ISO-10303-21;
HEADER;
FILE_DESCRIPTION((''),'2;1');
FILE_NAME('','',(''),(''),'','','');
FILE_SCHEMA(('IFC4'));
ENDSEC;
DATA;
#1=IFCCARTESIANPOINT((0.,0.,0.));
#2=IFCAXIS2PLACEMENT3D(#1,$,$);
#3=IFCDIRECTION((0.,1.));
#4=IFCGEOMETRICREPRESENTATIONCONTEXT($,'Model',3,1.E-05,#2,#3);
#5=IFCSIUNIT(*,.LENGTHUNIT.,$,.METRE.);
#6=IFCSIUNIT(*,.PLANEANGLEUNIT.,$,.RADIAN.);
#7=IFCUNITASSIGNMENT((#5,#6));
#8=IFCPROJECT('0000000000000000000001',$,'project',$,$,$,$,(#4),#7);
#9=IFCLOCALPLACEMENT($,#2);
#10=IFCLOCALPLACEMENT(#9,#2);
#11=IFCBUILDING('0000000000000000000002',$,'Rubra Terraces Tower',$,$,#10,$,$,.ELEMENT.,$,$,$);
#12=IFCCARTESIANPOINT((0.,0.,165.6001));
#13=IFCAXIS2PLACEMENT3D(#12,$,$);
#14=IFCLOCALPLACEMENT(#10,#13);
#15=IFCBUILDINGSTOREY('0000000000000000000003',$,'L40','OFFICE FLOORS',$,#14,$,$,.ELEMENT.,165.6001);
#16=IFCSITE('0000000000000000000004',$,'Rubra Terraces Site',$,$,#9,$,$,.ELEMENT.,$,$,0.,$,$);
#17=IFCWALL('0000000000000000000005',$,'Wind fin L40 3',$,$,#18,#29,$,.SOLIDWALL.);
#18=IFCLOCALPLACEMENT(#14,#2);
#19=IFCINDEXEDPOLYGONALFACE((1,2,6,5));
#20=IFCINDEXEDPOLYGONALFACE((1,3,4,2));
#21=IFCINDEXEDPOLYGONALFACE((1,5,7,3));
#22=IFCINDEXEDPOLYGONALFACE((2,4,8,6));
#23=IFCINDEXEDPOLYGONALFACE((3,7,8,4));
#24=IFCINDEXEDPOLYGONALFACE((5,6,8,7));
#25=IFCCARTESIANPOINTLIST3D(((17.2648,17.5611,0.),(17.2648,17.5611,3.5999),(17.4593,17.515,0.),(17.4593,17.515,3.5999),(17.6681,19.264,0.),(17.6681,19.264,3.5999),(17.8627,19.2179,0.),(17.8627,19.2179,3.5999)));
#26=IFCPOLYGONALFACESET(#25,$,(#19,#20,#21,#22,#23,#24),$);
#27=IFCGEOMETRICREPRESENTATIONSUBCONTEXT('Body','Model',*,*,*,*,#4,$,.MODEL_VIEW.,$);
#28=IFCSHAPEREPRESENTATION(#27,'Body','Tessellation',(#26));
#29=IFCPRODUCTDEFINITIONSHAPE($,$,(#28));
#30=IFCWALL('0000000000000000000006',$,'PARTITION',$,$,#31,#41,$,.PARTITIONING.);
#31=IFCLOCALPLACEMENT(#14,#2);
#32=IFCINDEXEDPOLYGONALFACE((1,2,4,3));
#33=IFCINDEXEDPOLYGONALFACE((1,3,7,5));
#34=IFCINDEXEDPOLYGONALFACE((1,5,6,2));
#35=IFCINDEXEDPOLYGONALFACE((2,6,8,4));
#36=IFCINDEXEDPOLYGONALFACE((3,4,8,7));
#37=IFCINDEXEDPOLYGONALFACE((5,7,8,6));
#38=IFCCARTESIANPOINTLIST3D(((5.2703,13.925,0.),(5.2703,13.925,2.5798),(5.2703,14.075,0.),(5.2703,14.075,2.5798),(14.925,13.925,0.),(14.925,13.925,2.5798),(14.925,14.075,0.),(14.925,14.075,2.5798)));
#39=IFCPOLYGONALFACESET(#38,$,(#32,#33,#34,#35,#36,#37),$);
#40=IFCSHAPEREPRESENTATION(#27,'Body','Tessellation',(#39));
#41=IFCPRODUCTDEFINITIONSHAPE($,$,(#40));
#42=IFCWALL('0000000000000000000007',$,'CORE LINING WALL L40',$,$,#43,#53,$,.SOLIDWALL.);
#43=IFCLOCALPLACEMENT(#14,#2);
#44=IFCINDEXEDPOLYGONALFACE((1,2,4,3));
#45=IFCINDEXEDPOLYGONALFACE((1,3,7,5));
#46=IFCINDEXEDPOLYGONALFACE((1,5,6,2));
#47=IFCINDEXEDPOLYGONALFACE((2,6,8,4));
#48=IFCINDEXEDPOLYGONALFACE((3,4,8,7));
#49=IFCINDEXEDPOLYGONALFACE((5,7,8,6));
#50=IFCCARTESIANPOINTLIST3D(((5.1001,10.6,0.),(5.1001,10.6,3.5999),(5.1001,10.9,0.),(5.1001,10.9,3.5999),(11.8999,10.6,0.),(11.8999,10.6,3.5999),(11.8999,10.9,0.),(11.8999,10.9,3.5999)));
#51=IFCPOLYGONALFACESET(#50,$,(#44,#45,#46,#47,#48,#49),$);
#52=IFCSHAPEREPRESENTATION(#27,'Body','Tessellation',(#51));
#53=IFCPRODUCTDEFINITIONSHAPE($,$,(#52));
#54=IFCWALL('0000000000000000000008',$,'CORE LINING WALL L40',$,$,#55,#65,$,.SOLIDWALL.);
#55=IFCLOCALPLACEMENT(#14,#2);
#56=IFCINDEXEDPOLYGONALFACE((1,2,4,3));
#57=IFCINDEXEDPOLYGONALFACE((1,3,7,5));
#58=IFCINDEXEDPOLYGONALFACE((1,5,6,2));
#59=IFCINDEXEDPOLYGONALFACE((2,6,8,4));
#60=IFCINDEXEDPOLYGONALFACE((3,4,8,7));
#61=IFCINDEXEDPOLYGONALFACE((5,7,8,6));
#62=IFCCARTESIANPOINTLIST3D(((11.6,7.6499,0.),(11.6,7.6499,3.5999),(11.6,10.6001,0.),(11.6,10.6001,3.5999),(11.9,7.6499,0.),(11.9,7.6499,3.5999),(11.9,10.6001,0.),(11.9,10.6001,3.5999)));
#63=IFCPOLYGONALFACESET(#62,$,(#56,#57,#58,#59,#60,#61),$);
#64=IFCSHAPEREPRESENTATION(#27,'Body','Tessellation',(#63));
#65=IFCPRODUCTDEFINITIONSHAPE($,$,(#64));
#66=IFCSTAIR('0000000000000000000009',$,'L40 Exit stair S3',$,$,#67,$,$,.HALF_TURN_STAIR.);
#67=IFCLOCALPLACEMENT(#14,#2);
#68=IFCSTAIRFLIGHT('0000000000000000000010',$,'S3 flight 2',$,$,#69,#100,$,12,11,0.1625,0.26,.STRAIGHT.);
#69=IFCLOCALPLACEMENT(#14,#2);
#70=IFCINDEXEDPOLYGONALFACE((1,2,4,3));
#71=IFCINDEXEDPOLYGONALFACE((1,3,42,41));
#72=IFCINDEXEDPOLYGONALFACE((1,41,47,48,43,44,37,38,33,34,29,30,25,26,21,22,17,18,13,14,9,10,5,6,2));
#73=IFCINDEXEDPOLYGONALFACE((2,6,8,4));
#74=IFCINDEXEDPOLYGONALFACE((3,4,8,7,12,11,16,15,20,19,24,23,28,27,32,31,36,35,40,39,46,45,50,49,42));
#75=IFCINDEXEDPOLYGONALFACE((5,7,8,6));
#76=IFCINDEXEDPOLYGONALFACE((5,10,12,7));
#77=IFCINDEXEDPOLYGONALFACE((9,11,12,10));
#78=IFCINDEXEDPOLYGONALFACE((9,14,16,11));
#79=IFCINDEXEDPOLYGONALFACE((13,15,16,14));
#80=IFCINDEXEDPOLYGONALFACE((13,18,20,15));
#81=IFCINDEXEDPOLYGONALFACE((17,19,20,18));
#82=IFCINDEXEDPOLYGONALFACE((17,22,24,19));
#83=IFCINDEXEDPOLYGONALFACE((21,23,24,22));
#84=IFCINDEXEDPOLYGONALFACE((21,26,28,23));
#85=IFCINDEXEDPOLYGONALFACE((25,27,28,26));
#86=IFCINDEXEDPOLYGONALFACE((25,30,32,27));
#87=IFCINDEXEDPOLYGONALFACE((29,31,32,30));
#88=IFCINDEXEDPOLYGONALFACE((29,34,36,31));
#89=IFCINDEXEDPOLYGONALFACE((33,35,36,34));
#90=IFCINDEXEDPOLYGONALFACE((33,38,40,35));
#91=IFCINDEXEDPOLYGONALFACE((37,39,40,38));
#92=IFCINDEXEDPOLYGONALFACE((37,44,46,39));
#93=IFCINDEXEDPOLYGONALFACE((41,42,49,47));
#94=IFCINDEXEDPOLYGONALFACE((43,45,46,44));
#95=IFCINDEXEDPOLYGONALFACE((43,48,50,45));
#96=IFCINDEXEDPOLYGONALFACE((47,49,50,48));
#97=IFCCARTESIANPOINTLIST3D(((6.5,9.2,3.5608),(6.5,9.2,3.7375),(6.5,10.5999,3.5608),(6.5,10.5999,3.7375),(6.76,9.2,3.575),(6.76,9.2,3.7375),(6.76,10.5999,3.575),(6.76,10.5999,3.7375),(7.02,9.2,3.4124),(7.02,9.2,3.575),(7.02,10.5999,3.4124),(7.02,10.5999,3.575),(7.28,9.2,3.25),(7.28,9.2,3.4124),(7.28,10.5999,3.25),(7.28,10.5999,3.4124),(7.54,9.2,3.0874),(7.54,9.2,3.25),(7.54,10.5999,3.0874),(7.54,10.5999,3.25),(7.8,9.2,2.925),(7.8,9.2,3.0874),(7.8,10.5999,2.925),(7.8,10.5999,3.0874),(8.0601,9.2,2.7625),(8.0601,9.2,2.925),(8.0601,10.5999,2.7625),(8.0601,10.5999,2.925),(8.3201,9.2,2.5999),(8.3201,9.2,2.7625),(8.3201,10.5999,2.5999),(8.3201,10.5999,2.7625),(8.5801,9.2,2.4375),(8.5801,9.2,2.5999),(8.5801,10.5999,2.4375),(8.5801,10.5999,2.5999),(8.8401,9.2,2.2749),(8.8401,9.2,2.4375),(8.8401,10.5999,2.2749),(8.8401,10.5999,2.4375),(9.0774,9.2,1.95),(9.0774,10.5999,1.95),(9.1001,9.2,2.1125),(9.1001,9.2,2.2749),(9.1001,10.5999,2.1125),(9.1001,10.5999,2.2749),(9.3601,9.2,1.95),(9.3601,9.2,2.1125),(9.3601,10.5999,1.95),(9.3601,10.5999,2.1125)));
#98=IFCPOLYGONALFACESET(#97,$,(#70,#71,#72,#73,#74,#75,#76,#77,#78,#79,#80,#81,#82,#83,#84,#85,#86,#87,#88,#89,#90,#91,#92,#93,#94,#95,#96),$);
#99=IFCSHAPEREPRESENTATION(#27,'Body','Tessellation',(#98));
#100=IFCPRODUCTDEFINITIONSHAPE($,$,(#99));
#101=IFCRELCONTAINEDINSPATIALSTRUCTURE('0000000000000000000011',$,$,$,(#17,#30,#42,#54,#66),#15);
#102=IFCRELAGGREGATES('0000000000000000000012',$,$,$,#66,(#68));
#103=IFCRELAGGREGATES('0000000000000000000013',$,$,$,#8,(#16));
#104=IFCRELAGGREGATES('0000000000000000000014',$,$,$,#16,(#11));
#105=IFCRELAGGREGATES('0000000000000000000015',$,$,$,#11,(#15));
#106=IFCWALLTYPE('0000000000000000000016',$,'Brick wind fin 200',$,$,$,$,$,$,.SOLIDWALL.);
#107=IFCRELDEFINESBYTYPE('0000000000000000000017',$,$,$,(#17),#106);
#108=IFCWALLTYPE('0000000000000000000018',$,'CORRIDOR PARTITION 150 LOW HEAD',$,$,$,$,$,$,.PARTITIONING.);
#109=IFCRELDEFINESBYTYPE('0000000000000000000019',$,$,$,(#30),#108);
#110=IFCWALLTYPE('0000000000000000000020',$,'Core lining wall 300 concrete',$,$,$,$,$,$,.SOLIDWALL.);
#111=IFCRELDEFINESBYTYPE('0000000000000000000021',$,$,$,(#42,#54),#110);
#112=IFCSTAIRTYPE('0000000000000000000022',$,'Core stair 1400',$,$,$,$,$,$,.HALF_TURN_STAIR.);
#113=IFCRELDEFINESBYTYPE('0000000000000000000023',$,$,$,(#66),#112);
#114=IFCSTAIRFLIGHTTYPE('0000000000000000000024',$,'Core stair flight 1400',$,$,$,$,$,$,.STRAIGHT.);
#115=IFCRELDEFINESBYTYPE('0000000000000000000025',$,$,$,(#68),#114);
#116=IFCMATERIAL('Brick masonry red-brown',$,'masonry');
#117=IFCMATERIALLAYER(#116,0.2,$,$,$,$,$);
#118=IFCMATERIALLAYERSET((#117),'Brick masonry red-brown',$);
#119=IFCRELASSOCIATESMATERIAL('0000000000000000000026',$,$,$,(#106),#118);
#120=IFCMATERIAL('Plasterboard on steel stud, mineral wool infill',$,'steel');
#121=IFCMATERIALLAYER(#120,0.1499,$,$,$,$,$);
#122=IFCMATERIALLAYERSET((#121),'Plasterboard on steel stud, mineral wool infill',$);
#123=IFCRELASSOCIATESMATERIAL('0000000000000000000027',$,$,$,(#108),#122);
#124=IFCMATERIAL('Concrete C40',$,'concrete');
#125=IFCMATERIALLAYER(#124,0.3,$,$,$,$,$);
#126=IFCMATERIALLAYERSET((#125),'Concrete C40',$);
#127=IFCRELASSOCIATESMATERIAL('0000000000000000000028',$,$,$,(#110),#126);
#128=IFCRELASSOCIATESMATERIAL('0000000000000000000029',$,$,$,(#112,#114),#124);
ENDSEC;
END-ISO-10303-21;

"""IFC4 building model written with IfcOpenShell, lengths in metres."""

from ifc_helpers import new_model, si_unit, direction, frame, frame_2d, origin, place, context, subcontext, project, spatial, polyline, rectangle, outline, extrude, material, layer, layer_set, type_object, element, aggregate, save


model = new_model("IFC4")

# Units and contexts
model_context = context("Model", 3, precision=1e-05, world=origin(), true_north=direction((0.0, 1.0)))
body_context = subcontext(model_context, "Body", "Model", "MODEL_VIEW")
ifc_project = project(units=[si_unit("LENGTHUNIT", "METRE"), si_unit("PLANEANGLEUNIT", "RADIAN")], contexts=[model_context])

# Site, building, storey
site_placement = place(None, origin())
site = spatial("IfcSite", under=ifc_project, at=site_placement, Name="Rubra Terraces Site", CompositionType="ELEMENT", RefElevation=0.0)
building_placement = place(site_placement, origin())
building = spatial("IfcBuilding", under=site, at=building_placement, Name="Rubra Terraces Tower", CompositionType="ELEMENT")
storey_placement = place(building_placement, frame((0.0, 0.0, 165.6001)))
storey = spatial("IfcBuildingStorey", under=building, at=storey_placement, Name="L40", Description="OFFICE FLOORS", CompositionType="ELEMENT", Elevation=165.6001)

# Shared definitions
ifc_material_1 = material(Name="Brick masonry red-brown", Category="masonry")

# Walls
ifc_layer_1 = layer(ifc_material_1, 0.2)
ifc_layer_set_1 = layer_set([ifc_layer_1], Name="Brick masonry red-brown")
wall_type_1 = type_object("IfcWallType", Name="Brick wind fin 200", PredefinedType="SOLIDWALL", material=ifc_layer_set_1)
wall_1_placement = place(storey_placement, frame((17.3621, 17.5381, 0.0), z_axis=(0.0, 0.0, 1.0), x_axis=(0.23047, 0.973079, 0.0)))
element("IfcWall", 1, at=wall_1_placement, inside=storey, type_object=wall_type_1, Name="Wind fin L40 3", PredefinedType="SOLIDWALL", context=body_context, shape_type="SweptSolid", body=[
    extrude(rectangle(XDim=1.75, YDim=0.2, at=frame_2d((0.875, 0.0))), origin(), (0.0, 0.0, 1.0), 3.5999),
])
ifc_material_2 = material(Name="Plasterboard on steel stud, mineral wool infill", Category="steel")
ifc_layer_2 = layer(ifc_material_2, 0.1499)
ifc_layer_set_2 = layer_set([ifc_layer_2], Name="Plasterboard on steel stud, mineral wool infill")
wall_type_2 = type_object("IfcWallType", Name="CORRIDOR PARTITION 150 LOW HEAD", PredefinedType="PARTITIONING", material=ifc_layer_set_2)
wall_2_placement = place(storey_placement, frame((14.925, 14.0, 0.0), z_axis=(0.0, 0.0, 1.0), x_axis=(-1.0, 0.0, 0.0)))
element("IfcWall", 2, at=wall_2_placement, inside=storey, type_object=wall_type_2, Name="PARTITION", PredefinedType="PARTITIONING", context=body_context, shape_type="SweptSolid", body=[
    extrude(rectangle(XDim=9.6548, YDim=0.1499, at=frame_2d((4.8274, 0.0))), origin(), (0.0, 0.0, 1.0), 2.5798),
])
ifc_material_3 = material(Name="Concrete C40", Category="concrete")
ifc_layer_3 = layer(ifc_material_3, 0.3)
ifc_layer_set_3 = layer_set([ifc_layer_3], Name="Concrete C40")
wall_type_3 = type_object("IfcWallType", Name="Core lining wall 300 concrete", PredefinedType="SOLIDWALL", material=ifc_layer_set_3)
wall_3_placement = place(storey_placement, frame((11.8999, 10.75, 0.0), z_axis=(0.0, 0.0, 1.0), x_axis=(-1.0, 0.0, 0.0)))
element("IfcWall", 3, at=wall_3_placement, inside=storey, type_object=wall_type_3, Name="CORE LINING WALL L40", PredefinedType="SOLIDWALL", context=body_context, shape_type="SweptSolid", body=[
    extrude(rectangle(XDim=6.7998, YDim=0.3, at=frame_2d((3.3999, 0.0))), origin(), (0.0, 0.0, 1.0), 3.5999),
])
wall_4_placement = place(storey_placement, frame((11.75, 10.6001, 0.0), z_axis=(0.0, 0.0, 1.0), x_axis=(0.0, -1.0, 0.0)))
element("IfcWall", 4, at=wall_4_placement, inside=storey, type_object=wall_type_3, Name="CORE LINING WALL L40", PredefinedType="SOLIDWALL", context=body_context, shape_type="SweptSolid", body=[
    extrude(rectangle(XDim=2.9502, YDim=0.3, at=frame_2d((1.4751, 0.0))), origin(), (0.0, 0.0, 1.0), 3.5999),
])

# Stair, stair flight
stair_type = type_object("IfcStairType", Name="Core stair 1400", PredefinedType="HALF_TURN_STAIR", material=ifc_material_3)
stair_placement = place(storey_placement, origin())
stair = element("IfcStair", 5, at=stair_placement, inside=storey, type_object=stair_type, Name="L40 Exit stair S3", PredefinedType="HALF_TURN_STAIR")
stair_flight_type = type_object("IfcStairFlightType", Name="Core stair flight 1400", PredefinedType="STRAIGHT", material=ifc_material_3)
stair_flight_placement = place(storey_placement, frame((9.3601, 9.8999, 1.95), z_axis=(0.0, 0.0, 1.0), x_axis=(-1.0, 0.0, 0.0)))
stair_flight = element("IfcStairFlight", 6, at=stair_flight_placement, type_object=stair_flight_type, Name="S3 flight 2", NumberOfRisers=12, NumberOfTreads=11, PredefinedType="STRAIGHT", RiserHeight=0.1625, TreadLength=0.26, context=body_context, shape_type="SweptSolid", body=[
    extrude(outline(polyline([(0.0, 0.0), (0.0, 0.1626), (0.26, 0.1626), (0.26, 0.325), (0.52, 0.325), (0.52, 0.4875), (0.78, 0.4875), (0.78, 0.6499), (1.04, 0.6499), (1.04, 0.8125), (1.3, 0.8125), (1.3, 0.9751), (1.5601, 0.9751), (1.5601, 1.1375), (1.8201, 1.1375), (1.8201, 1.3), (2.0801, 1.3), (2.0801, 1.4624), (2.3401, 1.4624), (2.3401, 1.625), (2.6001, 1.625), (2.6001, 1.7876), (2.8601, 1.7876), (2.8601, 1.95), (2.8601, 1.6108), (0.2827, 0.0), (0.0, 0.0)])), frame((0.0, 0.7, 0.0), z_axis=(0.0, -1.0, 0.0), x_axis=(1.0, 0.0, 0.0)), (0.0, 0.0, 1.0), 1.3999),
])
aggregate(stair, [stair_flight])

save(model, "model.ifc")
